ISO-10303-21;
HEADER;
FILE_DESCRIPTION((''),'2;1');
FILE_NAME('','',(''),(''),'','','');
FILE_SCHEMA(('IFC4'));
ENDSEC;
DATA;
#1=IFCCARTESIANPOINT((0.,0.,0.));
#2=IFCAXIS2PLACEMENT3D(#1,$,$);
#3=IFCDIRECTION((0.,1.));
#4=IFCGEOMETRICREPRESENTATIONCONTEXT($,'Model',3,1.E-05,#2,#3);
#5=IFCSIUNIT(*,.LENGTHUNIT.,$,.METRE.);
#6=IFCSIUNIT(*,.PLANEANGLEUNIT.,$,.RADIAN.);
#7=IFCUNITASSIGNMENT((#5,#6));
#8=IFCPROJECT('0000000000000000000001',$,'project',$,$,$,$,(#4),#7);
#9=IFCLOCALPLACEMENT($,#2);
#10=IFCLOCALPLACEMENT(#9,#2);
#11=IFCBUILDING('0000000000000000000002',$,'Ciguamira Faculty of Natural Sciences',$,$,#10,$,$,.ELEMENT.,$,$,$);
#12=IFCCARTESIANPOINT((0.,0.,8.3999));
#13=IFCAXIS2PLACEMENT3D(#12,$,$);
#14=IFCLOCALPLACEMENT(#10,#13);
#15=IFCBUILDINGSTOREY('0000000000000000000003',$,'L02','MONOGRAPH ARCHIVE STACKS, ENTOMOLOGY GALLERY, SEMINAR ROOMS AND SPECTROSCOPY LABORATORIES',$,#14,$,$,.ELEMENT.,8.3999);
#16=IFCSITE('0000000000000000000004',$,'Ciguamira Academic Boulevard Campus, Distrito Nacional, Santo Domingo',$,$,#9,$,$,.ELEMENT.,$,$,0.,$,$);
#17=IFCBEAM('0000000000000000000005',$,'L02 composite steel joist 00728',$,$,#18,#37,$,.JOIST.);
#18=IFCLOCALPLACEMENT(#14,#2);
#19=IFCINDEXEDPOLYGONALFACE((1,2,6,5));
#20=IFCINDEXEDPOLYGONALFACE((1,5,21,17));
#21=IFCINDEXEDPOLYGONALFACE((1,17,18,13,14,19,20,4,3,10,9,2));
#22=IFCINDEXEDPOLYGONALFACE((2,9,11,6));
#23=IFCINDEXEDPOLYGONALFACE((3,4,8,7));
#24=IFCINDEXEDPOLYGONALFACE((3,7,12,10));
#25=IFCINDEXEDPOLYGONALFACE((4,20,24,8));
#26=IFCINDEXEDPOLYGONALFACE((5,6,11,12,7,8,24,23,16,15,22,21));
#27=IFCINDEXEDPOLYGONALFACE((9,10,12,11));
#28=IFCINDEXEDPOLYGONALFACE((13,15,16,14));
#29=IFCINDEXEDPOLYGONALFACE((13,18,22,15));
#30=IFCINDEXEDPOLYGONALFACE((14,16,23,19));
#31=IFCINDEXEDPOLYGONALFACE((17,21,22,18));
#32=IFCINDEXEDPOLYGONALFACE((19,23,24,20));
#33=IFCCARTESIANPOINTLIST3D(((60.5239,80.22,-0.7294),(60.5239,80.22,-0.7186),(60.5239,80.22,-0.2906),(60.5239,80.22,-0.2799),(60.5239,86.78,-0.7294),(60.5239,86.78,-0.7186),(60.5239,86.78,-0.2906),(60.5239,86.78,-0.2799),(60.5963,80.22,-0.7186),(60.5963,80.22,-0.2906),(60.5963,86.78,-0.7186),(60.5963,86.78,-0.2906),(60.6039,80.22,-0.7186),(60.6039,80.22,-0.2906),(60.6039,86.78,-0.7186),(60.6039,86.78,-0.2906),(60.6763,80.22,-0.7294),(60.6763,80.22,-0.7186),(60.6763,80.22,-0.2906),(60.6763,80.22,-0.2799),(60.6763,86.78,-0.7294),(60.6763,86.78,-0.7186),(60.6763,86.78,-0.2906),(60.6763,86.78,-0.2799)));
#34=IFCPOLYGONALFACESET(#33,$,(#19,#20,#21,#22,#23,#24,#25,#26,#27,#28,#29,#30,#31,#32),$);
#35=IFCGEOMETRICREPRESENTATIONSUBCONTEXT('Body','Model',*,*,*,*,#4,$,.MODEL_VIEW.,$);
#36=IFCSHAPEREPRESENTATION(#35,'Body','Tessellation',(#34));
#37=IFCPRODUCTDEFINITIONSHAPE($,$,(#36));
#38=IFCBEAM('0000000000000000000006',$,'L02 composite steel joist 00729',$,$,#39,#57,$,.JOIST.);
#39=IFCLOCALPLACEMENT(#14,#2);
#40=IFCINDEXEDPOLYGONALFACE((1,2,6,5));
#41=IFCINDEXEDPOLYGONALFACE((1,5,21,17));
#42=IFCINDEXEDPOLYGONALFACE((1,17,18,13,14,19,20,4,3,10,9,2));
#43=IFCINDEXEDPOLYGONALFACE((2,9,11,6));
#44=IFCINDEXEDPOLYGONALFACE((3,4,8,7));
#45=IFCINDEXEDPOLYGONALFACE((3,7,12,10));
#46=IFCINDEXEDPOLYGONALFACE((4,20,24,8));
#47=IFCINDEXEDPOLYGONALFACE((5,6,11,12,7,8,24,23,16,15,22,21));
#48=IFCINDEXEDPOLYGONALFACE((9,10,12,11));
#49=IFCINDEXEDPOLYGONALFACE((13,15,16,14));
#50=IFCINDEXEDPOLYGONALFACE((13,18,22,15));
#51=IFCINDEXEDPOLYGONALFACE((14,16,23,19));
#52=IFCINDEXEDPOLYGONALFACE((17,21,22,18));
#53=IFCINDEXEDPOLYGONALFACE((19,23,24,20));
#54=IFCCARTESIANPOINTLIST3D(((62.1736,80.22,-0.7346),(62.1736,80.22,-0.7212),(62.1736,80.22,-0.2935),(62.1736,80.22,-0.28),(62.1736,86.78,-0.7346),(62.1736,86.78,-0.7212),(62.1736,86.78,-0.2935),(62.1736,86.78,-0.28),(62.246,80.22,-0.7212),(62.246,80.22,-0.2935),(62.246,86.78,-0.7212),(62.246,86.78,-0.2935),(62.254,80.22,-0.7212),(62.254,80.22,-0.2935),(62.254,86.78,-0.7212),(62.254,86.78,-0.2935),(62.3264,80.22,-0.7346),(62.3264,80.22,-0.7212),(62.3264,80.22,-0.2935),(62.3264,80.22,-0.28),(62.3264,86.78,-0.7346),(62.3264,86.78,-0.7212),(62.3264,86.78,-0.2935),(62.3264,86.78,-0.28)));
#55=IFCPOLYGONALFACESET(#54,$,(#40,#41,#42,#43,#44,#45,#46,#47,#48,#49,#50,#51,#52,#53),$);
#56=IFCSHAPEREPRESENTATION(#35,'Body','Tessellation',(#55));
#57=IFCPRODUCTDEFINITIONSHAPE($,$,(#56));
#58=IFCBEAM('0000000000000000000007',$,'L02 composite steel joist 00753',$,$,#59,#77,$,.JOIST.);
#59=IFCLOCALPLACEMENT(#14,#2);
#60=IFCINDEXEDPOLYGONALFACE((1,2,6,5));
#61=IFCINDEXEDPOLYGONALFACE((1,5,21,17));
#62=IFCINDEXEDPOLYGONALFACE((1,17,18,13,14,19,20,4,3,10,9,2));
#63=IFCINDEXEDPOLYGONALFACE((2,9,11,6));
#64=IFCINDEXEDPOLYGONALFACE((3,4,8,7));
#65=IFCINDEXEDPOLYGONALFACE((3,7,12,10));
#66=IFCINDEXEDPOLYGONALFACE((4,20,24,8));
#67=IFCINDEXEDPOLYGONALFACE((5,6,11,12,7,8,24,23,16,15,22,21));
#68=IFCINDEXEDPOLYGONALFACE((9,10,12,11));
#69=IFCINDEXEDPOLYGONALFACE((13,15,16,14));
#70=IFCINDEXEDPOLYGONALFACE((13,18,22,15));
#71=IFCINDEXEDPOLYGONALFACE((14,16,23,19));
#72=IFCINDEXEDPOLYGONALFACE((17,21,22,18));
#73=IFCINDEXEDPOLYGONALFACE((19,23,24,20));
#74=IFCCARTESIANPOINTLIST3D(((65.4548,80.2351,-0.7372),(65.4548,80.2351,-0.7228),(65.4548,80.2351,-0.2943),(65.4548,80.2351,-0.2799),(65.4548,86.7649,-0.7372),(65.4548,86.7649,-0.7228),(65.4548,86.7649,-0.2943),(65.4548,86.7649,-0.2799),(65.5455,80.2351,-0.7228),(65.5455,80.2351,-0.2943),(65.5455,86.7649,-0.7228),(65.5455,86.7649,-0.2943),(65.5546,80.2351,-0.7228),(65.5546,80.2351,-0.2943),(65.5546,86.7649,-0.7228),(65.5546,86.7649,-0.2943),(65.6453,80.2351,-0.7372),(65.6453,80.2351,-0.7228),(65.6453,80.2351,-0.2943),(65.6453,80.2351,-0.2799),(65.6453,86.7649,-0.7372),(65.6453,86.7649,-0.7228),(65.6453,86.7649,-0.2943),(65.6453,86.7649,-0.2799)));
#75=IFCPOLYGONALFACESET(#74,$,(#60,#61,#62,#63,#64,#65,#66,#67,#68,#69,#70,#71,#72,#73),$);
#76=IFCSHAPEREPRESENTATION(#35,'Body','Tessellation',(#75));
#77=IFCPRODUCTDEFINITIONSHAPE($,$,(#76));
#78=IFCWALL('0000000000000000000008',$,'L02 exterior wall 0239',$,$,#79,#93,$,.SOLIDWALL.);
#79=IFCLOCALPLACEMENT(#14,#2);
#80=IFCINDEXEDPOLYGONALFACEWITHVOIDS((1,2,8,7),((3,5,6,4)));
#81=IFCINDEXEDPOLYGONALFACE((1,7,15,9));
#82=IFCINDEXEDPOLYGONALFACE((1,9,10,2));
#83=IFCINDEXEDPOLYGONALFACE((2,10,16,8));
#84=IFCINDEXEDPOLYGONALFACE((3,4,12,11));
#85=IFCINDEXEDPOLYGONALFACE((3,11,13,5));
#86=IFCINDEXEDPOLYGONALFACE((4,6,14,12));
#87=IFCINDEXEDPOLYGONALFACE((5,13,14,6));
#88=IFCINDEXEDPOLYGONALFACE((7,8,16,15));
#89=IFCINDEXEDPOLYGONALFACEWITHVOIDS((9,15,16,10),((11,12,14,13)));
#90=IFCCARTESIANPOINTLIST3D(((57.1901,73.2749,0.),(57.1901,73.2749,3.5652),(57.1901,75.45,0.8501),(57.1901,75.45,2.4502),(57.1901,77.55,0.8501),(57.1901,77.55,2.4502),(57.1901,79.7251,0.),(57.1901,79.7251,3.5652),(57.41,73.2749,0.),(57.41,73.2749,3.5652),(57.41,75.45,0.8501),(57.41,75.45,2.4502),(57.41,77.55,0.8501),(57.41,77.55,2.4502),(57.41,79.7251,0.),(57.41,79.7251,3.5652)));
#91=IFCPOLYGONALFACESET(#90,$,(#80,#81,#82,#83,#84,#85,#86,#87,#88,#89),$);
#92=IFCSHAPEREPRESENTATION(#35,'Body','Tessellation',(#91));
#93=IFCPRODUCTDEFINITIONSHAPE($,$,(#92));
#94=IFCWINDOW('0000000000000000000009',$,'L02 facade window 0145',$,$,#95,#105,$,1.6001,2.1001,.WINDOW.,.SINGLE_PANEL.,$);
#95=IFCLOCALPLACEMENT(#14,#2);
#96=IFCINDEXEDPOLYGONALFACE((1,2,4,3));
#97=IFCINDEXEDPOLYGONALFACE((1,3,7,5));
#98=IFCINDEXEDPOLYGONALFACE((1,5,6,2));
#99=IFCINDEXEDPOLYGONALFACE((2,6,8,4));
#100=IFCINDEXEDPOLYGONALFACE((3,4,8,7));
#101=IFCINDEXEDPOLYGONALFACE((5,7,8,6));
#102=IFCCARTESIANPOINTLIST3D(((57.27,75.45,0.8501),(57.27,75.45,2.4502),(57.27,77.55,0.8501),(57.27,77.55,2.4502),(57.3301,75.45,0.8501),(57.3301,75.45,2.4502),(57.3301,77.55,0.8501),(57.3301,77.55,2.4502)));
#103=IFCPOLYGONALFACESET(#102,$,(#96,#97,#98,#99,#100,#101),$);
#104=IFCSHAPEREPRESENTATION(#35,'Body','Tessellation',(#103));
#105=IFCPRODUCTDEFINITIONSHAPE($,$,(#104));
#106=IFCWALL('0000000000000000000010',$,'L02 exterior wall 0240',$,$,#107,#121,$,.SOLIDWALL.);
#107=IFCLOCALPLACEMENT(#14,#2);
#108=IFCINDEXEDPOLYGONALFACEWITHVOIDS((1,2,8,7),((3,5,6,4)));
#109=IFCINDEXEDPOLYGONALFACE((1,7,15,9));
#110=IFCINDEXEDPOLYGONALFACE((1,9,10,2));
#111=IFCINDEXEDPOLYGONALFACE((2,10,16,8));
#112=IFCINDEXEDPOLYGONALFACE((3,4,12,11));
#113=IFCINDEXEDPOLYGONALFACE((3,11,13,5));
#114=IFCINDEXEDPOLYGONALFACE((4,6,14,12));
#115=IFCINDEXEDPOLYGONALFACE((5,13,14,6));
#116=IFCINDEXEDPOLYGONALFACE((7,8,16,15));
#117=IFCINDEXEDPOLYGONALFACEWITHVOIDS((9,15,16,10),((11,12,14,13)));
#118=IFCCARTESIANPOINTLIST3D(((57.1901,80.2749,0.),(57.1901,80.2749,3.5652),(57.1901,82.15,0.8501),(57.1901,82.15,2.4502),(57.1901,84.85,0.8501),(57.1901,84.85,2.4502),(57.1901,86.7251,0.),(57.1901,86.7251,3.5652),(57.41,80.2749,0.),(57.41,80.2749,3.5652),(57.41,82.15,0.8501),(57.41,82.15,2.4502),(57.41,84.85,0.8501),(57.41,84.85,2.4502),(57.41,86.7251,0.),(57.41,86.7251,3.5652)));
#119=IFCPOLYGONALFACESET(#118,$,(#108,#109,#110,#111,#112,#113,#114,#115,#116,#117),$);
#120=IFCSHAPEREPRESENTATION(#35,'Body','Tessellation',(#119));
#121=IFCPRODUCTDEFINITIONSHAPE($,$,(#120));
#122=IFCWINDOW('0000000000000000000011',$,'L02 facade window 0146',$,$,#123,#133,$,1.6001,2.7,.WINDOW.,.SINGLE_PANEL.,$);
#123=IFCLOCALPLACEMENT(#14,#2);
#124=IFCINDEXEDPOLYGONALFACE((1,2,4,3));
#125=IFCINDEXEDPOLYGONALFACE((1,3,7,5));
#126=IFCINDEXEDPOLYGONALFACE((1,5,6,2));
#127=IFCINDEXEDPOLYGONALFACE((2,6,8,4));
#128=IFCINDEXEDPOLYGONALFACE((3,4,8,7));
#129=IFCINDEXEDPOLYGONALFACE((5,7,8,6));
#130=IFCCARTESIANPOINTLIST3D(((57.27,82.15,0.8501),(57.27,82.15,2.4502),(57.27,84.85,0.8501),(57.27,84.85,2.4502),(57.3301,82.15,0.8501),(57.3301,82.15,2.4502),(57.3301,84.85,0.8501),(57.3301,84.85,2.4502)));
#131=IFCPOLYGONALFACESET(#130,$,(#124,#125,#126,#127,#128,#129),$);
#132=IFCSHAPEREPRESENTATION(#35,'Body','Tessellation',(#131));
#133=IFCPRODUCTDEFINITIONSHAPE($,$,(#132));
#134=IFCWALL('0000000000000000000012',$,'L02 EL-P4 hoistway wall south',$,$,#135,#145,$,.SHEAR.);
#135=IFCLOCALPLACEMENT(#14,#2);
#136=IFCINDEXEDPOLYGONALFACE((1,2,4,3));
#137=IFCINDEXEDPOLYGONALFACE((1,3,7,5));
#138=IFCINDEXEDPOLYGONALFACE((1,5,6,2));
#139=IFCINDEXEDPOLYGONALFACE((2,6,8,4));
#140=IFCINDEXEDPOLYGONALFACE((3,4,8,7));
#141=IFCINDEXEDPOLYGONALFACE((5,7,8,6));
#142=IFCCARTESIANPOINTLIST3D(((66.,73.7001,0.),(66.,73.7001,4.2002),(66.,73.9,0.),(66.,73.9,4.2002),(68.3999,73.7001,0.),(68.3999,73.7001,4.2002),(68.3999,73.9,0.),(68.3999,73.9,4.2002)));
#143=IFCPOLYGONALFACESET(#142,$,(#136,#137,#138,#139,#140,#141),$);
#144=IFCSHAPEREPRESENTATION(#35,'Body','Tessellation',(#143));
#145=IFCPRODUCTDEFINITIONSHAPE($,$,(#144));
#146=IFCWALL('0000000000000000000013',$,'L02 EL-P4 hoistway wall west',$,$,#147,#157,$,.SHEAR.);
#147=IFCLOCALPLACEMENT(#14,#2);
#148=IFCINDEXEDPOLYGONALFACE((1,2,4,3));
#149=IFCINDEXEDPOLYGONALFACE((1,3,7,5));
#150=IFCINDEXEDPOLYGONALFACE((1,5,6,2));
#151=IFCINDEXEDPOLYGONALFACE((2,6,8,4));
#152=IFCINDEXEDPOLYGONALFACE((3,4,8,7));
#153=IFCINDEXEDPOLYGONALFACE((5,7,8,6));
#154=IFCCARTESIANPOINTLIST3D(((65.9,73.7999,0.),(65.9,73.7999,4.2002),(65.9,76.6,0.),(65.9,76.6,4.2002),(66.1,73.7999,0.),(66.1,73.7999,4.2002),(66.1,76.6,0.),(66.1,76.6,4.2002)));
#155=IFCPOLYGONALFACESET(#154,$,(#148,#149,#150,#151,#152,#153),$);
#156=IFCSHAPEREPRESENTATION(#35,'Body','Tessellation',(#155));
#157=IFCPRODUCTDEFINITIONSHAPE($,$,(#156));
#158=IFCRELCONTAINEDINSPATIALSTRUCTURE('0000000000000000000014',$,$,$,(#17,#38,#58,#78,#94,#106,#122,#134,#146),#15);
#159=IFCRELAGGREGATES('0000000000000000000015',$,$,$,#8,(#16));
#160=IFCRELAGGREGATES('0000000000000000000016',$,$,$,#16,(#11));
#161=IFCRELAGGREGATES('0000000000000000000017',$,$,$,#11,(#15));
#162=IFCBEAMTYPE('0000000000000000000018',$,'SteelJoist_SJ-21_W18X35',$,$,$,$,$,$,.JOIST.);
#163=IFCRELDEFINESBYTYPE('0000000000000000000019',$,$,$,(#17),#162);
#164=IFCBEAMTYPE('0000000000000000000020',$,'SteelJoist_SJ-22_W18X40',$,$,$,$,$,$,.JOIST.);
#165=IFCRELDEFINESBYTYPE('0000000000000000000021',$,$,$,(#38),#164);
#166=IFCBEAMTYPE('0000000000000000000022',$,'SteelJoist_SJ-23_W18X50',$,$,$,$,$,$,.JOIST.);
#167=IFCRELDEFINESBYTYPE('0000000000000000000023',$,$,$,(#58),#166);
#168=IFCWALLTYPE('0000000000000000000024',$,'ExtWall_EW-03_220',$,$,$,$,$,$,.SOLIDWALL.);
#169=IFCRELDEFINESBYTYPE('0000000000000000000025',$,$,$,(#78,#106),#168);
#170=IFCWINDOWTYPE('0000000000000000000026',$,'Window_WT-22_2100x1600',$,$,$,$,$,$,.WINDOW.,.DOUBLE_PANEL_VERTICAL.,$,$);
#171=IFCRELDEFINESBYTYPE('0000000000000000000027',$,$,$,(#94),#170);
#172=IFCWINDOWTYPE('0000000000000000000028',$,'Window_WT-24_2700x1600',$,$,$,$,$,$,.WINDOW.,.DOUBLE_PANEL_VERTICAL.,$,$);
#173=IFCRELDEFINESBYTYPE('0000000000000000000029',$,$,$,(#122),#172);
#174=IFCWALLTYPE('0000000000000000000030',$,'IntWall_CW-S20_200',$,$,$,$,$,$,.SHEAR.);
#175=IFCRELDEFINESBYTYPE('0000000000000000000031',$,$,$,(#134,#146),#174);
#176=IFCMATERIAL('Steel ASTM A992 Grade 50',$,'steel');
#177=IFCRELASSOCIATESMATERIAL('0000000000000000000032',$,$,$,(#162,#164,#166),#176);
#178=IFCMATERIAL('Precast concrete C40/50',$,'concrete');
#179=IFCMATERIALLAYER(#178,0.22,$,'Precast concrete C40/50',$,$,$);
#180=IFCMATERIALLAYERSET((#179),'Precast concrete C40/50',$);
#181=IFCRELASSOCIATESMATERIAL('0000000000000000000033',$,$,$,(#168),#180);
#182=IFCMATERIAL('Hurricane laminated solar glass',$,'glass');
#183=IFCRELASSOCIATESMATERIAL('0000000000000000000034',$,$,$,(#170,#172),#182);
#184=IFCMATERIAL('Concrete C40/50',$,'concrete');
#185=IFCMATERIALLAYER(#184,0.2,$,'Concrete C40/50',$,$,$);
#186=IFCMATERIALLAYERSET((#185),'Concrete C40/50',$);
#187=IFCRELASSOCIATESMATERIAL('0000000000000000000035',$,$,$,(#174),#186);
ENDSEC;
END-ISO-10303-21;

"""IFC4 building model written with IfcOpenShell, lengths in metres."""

from ifc_helpers import new_model, si_unit, direction, frame, frame_2d, origin, origin_2d, place, context, subcontext, project, spatial, rectangle, i_section, extrude, material, layer, layer_set, material_profile, profile_set, type_object, element, fill, save


model = new_model("IFC4")

# Units and contexts
model_context = context("Model", 3, precision=1e-05, world=origin(), true_north=direction((0.0, 1.0)))
body_context = subcontext(model_context, "Body", "Model", "MODEL_VIEW")
ifc_project = project(units=[si_unit("LENGTHUNIT", "METRE"), si_unit("PLANEANGLEUNIT", "RADIAN")], contexts=[model_context])

# Site, building, storey
site_placement = place(None, origin())
site = spatial("IfcSite", under=ifc_project, at=site_placement, Name="Ciguamira Academic Boulevard Campus, Distrito Nacional, Santo Domingo", CompositionType="ELEMENT", RefElevation=0.0)
building_placement = place(site_placement, origin())
building = spatial("IfcBuilding", under=site, at=building_placement, Name="Ciguamira Faculty of Natural Sciences", CompositionType="ELEMENT")
storey_placement = place(building_placement, frame((0.0, 0.0, 8.3999)))
storey = spatial("IfcBuildingStorey", under=building, at=storey_placement, Name="L02", Description="MONOGRAPH ARCHIVE STACKS, ENTOMOLOGY GALLERY, SEMINAR ROOMS AND SPECTROSCOPY LABORATORIES", CompositionType="ELEMENT", Elevation=8.3999)

# Shared definitions
ifc_material_1 = material(Name="Concrete C40/50", Category="concrete")

# Beams
ifc_material_2 = material(Name="Precast concrete C40/50", Category="concrete")
ifc_material_3 = material(Name="Steel ASTM A992 Grade 50", Category="steel")
ifc_material_profile_1 = material_profile(ifc_material_3, i_section(OverallWidth=0.1523, OverallDepth=0.4495, WebThickness=0.0076, FlangeThickness=0.0107, at=origin_2d()), Name="W18X35")
ifc_profile_set_1 = profile_set([ifc_material_profile_1], Name="Steel ASTM A992 Grade 50")
beam_type_1 = type_object("IfcBeamType", Name="SteelJoist_SJ-21_W18X35", PredefinedType="JOIST", material=ifc_profile_set_1)
beam_1_placement = place(storey_placement, frame((60.6001, 80.22, -0.5046), z_axis=(0.0, 1.0, 0.0), x_axis=(-1.0, 0.0, 0.0)))
element("IfcBeam", 1, at=beam_1_placement, inside=storey, type_object=beam_type_1, Name="L02 composite steel joist 00728", PredefinedType="JOIST", context=body_context, shape_type="SweptSolid", body=[
    extrude(i_section(OverallWidth=0.1523, OverallDepth=0.4495, WebThickness=0.0076, FlangeThickness=0.0107, at=origin_2d()), origin(), (0.0, 0.0, 1.0), 6.5601),
])
ifc_material_profile_2 = material_profile(ifc_material_3, i_section(OverallWidth=0.1528, OverallDepth=0.4546, WebThickness=0.0081, FlangeThickness=0.0134, at=origin_2d()), Name="W18X40")
ifc_profile_set_2 = profile_set([ifc_material_profile_2], Name="Steel ASTM A992 Grade 50")
beam_type_2 = type_object("IfcBeamType", Name="SteelJoist_SJ-22_W18X40", PredefinedType="JOIST", material=ifc_profile_set_2)
beam_2_placement = place(storey_placement, frame((62.25, 80.22, -0.5073), z_axis=(0.0, 1.0, 0.0), x_axis=(-1.0, 0.0, 0.0)))
element("IfcBeam", 2, at=beam_2_placement, inside=storey, type_object=beam_type_2, Name="L02 composite steel joist 00729", PredefinedType="JOIST", context=body_context, shape_type="SweptSolid", body=[
    extrude(i_section(OverallWidth=0.1528, OverallDepth=0.4546, WebThickness=0.0081, FlangeThickness=0.0134, at=origin_2d()), origin(), (0.0, 0.0, 1.0), 6.5601),
])
ifc_material_profile_3 = material_profile(ifc_material_3, i_section(OverallWidth=0.1904, OverallDepth=0.4573, WebThickness=0.009, FlangeThickness=0.0144, at=origin_2d()), Name="W18X50")
ifc_profile_set_3 = profile_set([ifc_material_profile_3], Name="Steel ASTM A992 Grade 50")
beam_type_3 = type_object("IfcBeamType", Name="SteelJoist_SJ-23_W18X50", PredefinedType="JOIST", material=ifc_profile_set_3)
beam_3_placement = place(storey_placement, frame((65.55, 80.2351, -0.5085), z_axis=(0.0, 1.0, 0.0), x_axis=(-1.0, 0.0, 0.0)))
element("IfcBeam", 3, at=beam_3_placement, inside=storey, type_object=beam_type_3, Name="L02 composite steel joist 00753", PredefinedType="JOIST", context=body_context, shape_type="SweptSolid", body=[
    extrude(i_section(OverallWidth=0.1904, OverallDepth=0.4573, WebThickness=0.009, FlangeThickness=0.0144, at=origin_2d()), origin(), (0.0, 0.0, 1.0), 6.5298),
])

# Walls, openings, windows
ifc_layer_1 = layer(ifc_material_2, 0.22, Name="Precast concrete C40/50")
ifc_layer_set_1 = layer_set([ifc_layer_1], Name="Precast concrete C40/50")
wall_type_1 = type_object("IfcWallType", Name="ExtWall_EW-03_220", PredefinedType="SOLIDWALL", material=ifc_layer_set_1)
wall_1_placement = place(storey_placement, frame((57.3, 73.2749, 0.0), z_axis=(0.0, 0.0, 1.0), x_axis=(0.0, 1.0, 0.0)))
wall_1 = element("IfcWall", 4, at=wall_1_placement, inside=storey, type_object=wall_type_1, Name="L02 exterior wall 0239", PredefinedType="SOLIDWALL", context=body_context, shape_type="SweptSolid", body=[
    extrude(rectangle(XDim=6.4502, YDim=0.22, at=frame_2d((3.2251, 0.0))), origin(), (0.0, 0.0, 1.0), 3.5652),
])
opening_1_placement = place(wall_1_placement, frame((2.175, 0.0, 0.8501)))
opening_1 = element("IfcOpeningElement", 5, at=opening_1_placement, cuts=wall_1, PredefinedType="OPENING", context=body_context, shape_type="SweptSolid", body=[
    extrude(rectangle(XDim=2.1001, YDim=1.6001, at=frame_2d((1.05, 0.8))), frame((0.0, 0.1199, 0.0), z_axis=(0.0, -1.0, 0.0), x_axis=(1.0, 0.0, 0.0)), (0.0, 0.0, 1.0), 0.24),
])
ifc_material_4 = material(Name="Hurricane laminated solar glass", Category="glass")
window_type_1 = type_object("IfcWindowType", Name="Window_WT-22_2100x1600", PartitioningType="DOUBLE_PANEL_VERTICAL", PredefinedType="WINDOW", material=ifc_material_4)
window_1_placement = place(opening_1_placement, origin())
window_1 = element("IfcWindow", 6, at=window_1_placement, inside=storey, type_object=window_type_1, Name="L02 facade window 0145", OverallHeight=1.6001, OverallWidth=2.1001, PartitioningType="SINGLE_PANEL", PredefinedType="WINDOW", context=body_context, shape_type="SweptSolid", body=[
    extrude(rectangle(XDim=2.1001, YDim=1.6001, at=frame_2d((1.05, 0.8))), frame((0.0, 0.03, 0.0), z_axis=(0.0, -1.0, 0.0), x_axis=(1.0, 0.0, 0.0)), (0.0, 0.0, 1.0), 0.0601),
])
fill(opening_1, window_1)
wall_2_placement = place(storey_placement, frame((57.3, 80.2749, 0.0), z_axis=(0.0, 0.0, 1.0), x_axis=(0.0, 1.0, 0.0)))
wall_2 = element("IfcWall", 7, at=wall_2_placement, inside=storey, type_object=wall_type_1, Name="L02 exterior wall 0240", PredefinedType="SOLIDWALL", context=body_context, shape_type="SweptSolid", body=[
    extrude(rectangle(XDim=6.4502, YDim=0.22, at=frame_2d((3.2251, 0.0))), origin(), (0.0, 0.0, 1.0), 3.5652),
])
opening_2_placement = place(wall_2_placement, frame((1.875, 0.0, 0.8501)))
opening_2 = element("IfcOpeningElement", 8, at=opening_2_placement, cuts=wall_2, PredefinedType="OPENING", context=body_context, shape_type="SweptSolid", body=[
    extrude(rectangle(XDim=2.7, YDim=1.6001, at=frame_2d((1.3501, 0.8))), frame((0.0, 0.1199, 0.0), z_axis=(0.0, -1.0, 0.0), x_axis=(1.0, 0.0, 0.0)), (0.0, 0.0, 1.0), 0.24),
])
window_type_2 = type_object("IfcWindowType", Name="Window_WT-24_2700x1600", PartitioningType="DOUBLE_PANEL_VERTICAL", PredefinedType="WINDOW", material=ifc_material_4)
window_2_placement = place(opening_2_placement, origin())
window_2 = element("IfcWindow", 9, at=window_2_placement, inside=storey, type_object=window_type_2, Name="L02 facade window 0146", OverallHeight=1.6001, OverallWidth=2.7, PartitioningType="SINGLE_PANEL", PredefinedType="WINDOW", context=body_context, shape_type="SweptSolid", body=[
    extrude(rectangle(XDim=2.7, YDim=1.6001, at=frame_2d((1.3501, 0.8))), frame((0.0, 0.03, 0.0), z_axis=(0.0, -1.0, 0.0), x_axis=(1.0, 0.0, 0.0)), (0.0, 0.0, 1.0), 0.0601),
])
fill(opening_2, window_2)

# Wall
ifc_layer_2 = layer(ifc_material_1, 0.2, Name="Concrete C40/50")
ifc_layer_set_2 = layer_set([ifc_layer_2], Name="Concrete C40/50")
wall_type_2 = type_object("IfcWallType", Name="IntWall_CW-S20_200", PredefinedType="SHEAR", material=ifc_layer_set_2)
wall_3_placement = place(storey_placement, frame((66.0, 73.8, 0.0), z_axis=(0.0, 0.0, 1.0), x_axis=(1.0, 0.0, 0.0)))
element("IfcWall", 10, at=wall_3_placement, inside=storey, type_object=wall_type_2, Name="L02 EL-P4 hoistway wall south", PredefinedType="SHEAR", context=body_context, shape_type="SweptSolid", body=[
    extrude(rectangle(XDim=2.3999, YDim=0.2, at=frame_2d((1.2, 0.0))), origin(), (0.0, 0.0, 1.0), 4.2002),
])

# Wall
wall_4_placement = place(storey_placement, frame((66.0, 73.8, 0.0), z_axis=(0.0, 0.0, 1.0), x_axis=(0.0, 1.0, 0.0)))
element("IfcWall", 11, at=wall_4_placement, inside=storey, type_object=wall_type_2, Name="L02 EL-P4 hoistway wall west", PredefinedType="SHEAR", context=body_context, shape_type="SweptSolid", body=[
    extrude(rectangle(XDim=2.8, YDim=0.2, at=frame_2d((1.3999, 0.0))), origin(), (0.0, 0.0, 1.0), 4.2002),
])

save(model, "model.ifc")
